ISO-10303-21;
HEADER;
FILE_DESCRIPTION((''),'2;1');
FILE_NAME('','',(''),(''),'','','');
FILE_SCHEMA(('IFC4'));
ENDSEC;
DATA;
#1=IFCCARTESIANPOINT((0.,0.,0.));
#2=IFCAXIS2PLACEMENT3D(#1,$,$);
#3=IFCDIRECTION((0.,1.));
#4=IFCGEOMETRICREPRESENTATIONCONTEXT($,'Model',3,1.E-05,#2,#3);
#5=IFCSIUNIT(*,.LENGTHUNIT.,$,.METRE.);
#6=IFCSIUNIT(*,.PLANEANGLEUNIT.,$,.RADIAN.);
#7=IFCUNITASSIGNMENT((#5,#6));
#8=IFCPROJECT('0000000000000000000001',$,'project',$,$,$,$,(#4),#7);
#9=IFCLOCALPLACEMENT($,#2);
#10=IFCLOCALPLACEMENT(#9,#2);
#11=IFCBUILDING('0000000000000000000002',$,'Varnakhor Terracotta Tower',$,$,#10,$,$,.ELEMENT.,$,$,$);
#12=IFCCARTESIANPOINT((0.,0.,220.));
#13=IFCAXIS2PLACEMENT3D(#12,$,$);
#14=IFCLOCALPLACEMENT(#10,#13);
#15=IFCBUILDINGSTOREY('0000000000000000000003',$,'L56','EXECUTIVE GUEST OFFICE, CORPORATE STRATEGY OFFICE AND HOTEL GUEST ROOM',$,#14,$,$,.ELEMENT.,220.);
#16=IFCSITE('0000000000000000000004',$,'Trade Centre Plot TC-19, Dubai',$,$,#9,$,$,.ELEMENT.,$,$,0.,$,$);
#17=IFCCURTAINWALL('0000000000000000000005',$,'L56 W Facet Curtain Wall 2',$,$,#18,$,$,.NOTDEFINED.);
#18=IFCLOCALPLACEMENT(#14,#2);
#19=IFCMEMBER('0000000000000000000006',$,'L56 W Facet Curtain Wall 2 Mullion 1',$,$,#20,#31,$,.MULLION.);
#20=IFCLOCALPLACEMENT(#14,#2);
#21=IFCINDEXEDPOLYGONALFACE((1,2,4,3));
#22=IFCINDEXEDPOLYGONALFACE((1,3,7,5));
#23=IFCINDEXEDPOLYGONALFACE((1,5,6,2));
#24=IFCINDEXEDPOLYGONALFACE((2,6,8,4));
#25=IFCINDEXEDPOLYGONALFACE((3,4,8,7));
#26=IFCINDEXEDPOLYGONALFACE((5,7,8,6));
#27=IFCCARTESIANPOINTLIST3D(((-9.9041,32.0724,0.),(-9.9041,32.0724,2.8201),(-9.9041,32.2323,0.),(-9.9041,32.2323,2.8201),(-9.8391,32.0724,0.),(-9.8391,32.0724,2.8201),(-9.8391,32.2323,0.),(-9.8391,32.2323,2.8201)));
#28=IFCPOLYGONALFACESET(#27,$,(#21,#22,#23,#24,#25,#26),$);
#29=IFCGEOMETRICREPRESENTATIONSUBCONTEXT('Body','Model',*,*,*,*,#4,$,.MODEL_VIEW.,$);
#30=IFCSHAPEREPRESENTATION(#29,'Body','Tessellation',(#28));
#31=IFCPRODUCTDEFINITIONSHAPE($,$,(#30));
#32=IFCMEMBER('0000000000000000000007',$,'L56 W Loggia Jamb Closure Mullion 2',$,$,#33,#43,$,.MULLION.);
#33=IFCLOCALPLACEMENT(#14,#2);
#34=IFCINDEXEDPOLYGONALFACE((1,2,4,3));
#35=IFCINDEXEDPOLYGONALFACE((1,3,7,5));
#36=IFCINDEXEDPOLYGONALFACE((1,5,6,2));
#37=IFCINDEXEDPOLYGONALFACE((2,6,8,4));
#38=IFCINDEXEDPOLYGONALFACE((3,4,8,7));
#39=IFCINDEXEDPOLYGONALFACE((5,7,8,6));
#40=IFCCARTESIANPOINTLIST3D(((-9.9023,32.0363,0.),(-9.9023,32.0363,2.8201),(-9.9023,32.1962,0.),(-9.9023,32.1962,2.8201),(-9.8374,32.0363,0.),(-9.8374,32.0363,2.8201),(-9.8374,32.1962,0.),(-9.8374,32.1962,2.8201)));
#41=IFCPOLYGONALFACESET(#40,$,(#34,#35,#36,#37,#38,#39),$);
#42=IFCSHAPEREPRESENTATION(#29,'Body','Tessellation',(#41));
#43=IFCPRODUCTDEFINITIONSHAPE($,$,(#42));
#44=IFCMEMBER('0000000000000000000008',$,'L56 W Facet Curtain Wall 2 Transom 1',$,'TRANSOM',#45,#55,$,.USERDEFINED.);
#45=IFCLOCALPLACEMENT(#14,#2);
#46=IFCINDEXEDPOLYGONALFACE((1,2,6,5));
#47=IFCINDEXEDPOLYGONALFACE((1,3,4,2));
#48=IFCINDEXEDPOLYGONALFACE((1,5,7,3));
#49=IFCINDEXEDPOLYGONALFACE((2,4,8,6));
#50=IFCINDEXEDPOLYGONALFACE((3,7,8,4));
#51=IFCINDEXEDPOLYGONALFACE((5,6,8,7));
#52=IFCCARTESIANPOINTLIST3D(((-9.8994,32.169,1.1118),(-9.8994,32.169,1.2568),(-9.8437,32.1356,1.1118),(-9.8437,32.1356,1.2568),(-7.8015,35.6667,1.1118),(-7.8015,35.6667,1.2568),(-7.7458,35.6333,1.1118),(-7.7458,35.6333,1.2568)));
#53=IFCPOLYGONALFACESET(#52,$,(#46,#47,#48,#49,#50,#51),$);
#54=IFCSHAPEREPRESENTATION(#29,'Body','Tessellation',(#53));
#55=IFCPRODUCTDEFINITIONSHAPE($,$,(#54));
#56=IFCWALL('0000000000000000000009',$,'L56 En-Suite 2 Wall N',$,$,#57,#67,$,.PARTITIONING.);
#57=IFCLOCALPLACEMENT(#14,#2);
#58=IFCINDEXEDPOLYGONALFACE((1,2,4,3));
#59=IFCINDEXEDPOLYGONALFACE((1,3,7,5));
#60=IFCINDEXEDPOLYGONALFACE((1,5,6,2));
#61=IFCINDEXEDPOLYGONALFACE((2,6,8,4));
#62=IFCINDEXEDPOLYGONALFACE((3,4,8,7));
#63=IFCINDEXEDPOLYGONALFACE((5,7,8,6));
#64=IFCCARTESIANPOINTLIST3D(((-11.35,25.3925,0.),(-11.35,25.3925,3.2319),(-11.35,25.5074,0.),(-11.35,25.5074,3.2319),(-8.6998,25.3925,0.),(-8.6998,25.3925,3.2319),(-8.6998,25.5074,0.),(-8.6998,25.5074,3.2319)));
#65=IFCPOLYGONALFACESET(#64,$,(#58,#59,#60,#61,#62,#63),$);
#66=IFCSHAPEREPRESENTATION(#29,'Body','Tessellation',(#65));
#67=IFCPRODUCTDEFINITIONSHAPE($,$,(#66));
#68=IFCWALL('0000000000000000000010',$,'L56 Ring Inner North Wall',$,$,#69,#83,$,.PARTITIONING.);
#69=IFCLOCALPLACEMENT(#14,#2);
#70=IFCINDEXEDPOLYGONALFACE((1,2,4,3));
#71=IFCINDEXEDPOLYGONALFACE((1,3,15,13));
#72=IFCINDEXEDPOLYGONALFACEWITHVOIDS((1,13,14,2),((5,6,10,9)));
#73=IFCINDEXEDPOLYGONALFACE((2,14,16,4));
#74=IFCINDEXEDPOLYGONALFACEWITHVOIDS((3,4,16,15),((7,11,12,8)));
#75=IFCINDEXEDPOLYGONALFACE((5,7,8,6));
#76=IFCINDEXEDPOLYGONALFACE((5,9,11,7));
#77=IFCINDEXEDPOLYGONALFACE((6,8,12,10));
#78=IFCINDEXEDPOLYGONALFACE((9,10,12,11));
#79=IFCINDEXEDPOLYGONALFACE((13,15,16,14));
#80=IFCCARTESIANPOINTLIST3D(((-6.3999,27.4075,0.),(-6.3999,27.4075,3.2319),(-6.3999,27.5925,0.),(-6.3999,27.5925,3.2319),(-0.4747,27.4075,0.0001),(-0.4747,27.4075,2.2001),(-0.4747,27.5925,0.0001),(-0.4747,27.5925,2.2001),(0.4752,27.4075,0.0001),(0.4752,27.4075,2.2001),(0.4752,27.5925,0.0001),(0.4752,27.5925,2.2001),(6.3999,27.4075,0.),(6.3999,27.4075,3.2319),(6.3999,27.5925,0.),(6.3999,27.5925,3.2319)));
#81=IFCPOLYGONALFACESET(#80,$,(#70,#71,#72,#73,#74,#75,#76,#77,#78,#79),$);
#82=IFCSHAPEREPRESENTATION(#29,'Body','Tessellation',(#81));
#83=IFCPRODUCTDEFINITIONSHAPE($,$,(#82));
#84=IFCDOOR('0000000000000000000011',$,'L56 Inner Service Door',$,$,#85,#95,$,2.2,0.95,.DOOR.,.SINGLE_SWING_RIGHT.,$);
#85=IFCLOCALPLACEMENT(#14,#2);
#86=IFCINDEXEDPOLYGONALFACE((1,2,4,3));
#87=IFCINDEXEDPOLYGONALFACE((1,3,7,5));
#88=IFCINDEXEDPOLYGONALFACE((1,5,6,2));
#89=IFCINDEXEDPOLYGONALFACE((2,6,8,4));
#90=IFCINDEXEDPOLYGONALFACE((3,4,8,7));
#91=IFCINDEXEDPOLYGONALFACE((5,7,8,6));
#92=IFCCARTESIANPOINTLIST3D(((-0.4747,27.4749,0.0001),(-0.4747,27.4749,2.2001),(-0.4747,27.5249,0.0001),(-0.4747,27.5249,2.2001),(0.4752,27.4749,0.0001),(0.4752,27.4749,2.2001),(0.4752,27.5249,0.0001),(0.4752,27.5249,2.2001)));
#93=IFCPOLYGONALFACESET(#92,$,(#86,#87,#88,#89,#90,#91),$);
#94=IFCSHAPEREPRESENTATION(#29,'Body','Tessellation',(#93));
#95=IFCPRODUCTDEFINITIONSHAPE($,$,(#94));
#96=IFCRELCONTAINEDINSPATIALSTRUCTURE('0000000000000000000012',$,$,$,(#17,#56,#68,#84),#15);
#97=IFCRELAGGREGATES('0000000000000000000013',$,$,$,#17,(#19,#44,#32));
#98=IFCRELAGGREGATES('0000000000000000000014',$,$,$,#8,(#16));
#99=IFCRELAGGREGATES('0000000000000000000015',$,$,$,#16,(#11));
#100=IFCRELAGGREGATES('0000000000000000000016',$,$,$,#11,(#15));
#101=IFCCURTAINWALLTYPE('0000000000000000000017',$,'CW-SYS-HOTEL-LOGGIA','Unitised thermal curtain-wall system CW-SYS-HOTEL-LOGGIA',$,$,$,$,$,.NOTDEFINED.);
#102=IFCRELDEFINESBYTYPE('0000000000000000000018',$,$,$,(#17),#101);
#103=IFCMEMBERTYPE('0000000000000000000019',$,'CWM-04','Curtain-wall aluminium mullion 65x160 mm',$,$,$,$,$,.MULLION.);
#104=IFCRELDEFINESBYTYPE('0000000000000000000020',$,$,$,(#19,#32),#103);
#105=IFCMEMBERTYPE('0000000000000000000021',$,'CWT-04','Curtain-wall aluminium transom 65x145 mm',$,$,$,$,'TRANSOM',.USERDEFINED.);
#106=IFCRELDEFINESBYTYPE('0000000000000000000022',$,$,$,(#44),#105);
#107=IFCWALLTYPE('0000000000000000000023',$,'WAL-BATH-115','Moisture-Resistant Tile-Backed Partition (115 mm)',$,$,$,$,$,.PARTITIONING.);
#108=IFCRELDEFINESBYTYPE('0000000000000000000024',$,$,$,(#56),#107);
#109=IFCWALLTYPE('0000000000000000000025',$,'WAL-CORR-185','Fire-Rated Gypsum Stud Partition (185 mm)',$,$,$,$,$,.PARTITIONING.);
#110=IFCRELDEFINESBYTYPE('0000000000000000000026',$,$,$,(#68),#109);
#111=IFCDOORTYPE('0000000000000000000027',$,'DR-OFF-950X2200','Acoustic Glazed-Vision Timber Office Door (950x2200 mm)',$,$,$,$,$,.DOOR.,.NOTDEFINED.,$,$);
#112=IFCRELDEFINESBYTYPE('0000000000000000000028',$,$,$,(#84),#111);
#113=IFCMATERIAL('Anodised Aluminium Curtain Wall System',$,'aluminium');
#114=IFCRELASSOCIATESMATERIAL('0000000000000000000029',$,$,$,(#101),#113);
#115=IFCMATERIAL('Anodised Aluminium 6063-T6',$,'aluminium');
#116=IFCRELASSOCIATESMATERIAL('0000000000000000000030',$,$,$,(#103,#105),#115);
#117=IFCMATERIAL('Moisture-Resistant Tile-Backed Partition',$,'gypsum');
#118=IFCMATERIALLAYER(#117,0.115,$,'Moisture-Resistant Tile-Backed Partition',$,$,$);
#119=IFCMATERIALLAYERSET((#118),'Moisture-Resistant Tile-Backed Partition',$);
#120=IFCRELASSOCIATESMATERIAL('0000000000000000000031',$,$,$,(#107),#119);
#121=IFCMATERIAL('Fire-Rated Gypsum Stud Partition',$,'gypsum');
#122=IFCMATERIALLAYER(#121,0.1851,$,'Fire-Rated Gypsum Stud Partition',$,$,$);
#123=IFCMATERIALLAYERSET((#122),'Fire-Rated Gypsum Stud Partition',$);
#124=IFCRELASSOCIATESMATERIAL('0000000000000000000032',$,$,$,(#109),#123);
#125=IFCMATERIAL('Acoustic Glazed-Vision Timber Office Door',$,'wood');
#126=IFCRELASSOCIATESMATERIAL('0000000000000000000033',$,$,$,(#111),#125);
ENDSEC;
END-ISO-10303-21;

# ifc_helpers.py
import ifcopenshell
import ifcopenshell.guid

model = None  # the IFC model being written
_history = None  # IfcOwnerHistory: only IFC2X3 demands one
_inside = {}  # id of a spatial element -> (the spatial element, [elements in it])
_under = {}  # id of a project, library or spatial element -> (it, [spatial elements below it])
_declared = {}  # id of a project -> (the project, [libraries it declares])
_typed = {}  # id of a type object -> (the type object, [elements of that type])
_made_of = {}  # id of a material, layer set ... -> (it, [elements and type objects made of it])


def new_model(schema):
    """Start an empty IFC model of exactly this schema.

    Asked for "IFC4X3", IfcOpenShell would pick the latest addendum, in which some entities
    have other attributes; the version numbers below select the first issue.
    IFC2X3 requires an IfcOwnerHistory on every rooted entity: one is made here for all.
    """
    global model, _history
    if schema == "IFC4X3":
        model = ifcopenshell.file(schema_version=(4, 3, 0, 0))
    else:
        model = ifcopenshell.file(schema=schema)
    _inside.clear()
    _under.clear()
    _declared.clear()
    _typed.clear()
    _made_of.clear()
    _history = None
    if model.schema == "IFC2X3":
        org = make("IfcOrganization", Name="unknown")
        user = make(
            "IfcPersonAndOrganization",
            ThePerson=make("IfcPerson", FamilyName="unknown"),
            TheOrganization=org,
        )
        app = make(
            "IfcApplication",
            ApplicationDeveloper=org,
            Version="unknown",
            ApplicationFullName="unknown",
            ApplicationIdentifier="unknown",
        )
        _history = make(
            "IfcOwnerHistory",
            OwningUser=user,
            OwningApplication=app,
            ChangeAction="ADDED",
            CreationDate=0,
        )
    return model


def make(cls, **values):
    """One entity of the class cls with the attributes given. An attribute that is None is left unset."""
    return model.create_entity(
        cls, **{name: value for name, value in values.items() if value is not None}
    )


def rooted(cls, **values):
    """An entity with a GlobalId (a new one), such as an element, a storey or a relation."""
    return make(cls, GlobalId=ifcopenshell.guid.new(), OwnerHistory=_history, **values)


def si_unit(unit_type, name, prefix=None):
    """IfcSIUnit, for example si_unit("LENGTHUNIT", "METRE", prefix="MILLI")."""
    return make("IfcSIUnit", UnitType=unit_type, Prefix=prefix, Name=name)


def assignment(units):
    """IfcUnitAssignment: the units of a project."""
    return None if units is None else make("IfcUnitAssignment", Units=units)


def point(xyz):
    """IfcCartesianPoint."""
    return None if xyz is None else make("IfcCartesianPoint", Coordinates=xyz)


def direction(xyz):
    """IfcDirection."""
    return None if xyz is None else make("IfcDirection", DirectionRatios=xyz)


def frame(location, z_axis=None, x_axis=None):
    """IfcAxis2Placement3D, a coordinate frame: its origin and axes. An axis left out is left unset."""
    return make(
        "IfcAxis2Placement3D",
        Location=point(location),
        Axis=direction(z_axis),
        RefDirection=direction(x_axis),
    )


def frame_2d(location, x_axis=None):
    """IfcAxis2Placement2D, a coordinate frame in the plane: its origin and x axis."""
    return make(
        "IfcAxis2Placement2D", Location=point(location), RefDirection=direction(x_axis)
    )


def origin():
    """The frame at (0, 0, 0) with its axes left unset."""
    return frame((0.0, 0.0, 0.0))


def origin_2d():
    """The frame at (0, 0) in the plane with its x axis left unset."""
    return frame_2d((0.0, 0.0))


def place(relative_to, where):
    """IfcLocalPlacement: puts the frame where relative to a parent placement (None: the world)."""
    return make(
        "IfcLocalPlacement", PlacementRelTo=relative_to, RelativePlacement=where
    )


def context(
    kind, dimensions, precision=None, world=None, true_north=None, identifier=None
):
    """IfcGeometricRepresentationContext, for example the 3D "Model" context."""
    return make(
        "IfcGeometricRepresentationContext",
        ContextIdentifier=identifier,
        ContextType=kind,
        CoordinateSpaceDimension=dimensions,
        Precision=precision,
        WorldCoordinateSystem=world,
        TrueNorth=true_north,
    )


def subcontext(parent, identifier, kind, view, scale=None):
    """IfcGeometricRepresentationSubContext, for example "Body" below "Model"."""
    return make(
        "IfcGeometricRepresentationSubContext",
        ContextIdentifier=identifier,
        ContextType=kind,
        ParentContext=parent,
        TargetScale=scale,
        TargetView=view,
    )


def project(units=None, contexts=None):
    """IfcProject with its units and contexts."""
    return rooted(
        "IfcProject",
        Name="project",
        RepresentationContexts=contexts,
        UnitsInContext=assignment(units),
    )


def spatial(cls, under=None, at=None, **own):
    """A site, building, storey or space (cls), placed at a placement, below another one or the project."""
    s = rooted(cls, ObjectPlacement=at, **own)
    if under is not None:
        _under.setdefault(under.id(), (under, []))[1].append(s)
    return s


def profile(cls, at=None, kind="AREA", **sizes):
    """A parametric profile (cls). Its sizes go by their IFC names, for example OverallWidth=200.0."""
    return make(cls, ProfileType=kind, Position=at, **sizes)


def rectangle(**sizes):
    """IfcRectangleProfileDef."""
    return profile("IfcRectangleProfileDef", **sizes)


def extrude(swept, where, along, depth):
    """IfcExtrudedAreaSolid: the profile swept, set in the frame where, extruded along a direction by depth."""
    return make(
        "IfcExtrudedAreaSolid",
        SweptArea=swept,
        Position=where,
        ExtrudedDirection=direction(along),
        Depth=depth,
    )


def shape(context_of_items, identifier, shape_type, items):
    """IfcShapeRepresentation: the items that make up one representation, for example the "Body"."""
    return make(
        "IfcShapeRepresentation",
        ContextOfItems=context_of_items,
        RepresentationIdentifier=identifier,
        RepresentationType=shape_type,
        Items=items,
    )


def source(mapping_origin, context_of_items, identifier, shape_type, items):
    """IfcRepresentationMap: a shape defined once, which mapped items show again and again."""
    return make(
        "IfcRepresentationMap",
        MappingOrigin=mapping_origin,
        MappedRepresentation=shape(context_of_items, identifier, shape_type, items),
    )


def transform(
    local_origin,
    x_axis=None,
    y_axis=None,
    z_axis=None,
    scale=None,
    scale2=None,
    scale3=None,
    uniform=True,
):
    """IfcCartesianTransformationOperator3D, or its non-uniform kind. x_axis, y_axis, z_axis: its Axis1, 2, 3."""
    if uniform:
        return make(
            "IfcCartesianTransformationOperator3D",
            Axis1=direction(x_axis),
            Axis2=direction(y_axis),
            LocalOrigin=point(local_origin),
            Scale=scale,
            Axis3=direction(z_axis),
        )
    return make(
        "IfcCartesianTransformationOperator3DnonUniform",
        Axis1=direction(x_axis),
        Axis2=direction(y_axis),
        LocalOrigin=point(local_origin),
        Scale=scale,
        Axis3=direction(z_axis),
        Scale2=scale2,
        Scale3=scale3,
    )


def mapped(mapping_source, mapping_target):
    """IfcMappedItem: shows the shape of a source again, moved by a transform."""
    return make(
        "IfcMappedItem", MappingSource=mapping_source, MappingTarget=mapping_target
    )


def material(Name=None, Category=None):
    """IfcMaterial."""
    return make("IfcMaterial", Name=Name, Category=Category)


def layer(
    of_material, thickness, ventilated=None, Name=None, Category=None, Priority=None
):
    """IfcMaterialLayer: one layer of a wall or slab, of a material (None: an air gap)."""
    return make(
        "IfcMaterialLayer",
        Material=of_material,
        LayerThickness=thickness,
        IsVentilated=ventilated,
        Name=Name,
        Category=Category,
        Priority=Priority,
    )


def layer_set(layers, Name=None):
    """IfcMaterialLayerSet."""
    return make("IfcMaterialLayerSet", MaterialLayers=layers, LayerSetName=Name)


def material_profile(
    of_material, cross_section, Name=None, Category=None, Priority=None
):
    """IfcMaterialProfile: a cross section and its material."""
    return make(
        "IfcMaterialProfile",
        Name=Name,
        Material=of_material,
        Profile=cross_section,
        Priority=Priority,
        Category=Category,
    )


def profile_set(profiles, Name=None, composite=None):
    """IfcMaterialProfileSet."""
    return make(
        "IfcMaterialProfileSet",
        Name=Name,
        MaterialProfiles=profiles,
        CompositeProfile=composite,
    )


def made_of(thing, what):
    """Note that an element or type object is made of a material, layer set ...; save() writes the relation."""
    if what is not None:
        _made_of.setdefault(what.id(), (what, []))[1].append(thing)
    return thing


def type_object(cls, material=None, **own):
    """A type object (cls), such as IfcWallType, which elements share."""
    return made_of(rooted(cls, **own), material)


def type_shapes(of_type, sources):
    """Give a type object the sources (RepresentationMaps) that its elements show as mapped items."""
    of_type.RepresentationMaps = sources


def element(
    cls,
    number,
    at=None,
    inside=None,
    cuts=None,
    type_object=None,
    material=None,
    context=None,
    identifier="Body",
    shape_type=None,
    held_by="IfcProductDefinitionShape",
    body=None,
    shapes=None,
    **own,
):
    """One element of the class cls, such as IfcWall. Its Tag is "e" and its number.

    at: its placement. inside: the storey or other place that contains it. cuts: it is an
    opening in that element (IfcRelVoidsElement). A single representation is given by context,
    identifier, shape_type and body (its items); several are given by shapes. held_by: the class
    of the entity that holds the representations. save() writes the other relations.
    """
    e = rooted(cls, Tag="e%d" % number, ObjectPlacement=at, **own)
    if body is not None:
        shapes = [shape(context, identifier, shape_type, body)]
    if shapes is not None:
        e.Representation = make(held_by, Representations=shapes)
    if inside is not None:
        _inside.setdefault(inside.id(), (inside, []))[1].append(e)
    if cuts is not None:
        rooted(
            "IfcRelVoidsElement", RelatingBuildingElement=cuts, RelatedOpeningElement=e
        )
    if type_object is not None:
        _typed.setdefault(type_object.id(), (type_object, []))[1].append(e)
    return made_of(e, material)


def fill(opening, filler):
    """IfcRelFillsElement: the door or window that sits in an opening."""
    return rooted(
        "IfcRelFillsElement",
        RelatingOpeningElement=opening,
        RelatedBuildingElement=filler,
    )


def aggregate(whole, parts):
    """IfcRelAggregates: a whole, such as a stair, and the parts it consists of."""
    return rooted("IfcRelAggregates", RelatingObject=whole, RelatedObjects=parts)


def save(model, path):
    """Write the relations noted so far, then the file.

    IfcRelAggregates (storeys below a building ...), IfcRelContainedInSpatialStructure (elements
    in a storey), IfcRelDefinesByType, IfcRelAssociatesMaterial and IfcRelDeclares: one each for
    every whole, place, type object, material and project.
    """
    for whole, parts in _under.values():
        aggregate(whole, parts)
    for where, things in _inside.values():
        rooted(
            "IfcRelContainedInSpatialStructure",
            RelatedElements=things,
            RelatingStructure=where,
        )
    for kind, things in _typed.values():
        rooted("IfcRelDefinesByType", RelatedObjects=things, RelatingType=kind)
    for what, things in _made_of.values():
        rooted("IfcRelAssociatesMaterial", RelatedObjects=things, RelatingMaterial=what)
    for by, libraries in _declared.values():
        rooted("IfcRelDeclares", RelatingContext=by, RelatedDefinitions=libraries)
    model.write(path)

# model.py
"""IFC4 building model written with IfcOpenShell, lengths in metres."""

from ifc_helpers import new_model, si_unit, direction, frame, frame_2d, origin, origin_2d, place, context, subcontext, project, spatial, rectangle, extrude, source, transform, mapped, material, layer, layer_set, material_profile, profile_set, type_object, type_shapes, element, fill, aggregate, save


model = new_model("IFC4")

# Units and contexts
model_context = context("Model", 3, precision=1e-05, world=origin(), true_north=direction((0.0, 1.0)))
body_context = subcontext(model_context, "Body", "Model", "MODEL_VIEW")
ifc_project = project(units=[si_unit("LENGTHUNIT", "METRE"), si_unit("PLANEANGLEUNIT", "RADIAN")], contexts=[model_context])

# Site, building, storey
site_placement = place(None, origin())
site = spatial("IfcSite", under=ifc_project, at=site_placement, Name="Trade Centre Plot TC-19, Dubai", CompositionType="ELEMENT", RefElevation=0.0)
building_placement = place(site_placement, origin())
building = spatial("IfcBuilding", under=site, at=building_placement, Name="Varnakhor Terracotta Tower", CompositionType="ELEMENT")
storey_placement = place(building_placement, frame((0.0, 0.0, 220.0)))
storey = spatial("IfcBuildingStorey", under=building, at=storey_placement, Name="L56", Description="EXECUTIVE GUEST OFFICE, CORPORATE STRATEGY OFFICE AND HOTEL GUEST ROOM", CompositionType="ELEMENT", Elevation=220.0)

# Curtain wall, members
ifc_material_1 = material(Name="Anodised Aluminium Curtain Wall System", Category="aluminium")
curtain_wall_type = type_object("IfcCurtainWallType", Name="CW-SYS-HOTEL-LOGGIA", Description="Unitised thermal curtain-wall system CW-SYS-HOTEL-LOGGIA", PredefinedType="NOTDEFINED", material=ifc_material_1)
curtain_wall_placement = place(storey_placement, origin())
curtain_wall = element("IfcCurtainWall", 1, at=curtain_wall_placement, inside=storey, type_object=curtain_wall_type, Name="L56 W Facet Curtain Wall 2", PredefinedType="NOTDEFINED")
ifc_material_2 = material(Name="Anodised Aluminium 6063-T6", Category="aluminium")
ifc_material_profile_1 = material_profile(ifc_material_2, rectangle(XDim=0.0649, YDim=0.1599, at=origin_2d()), Name="ALU MULLION 65x160")
ifc_profile_set_1 = profile_set([ifc_material_profile_1], Name="Anodised Aluminium 6063-T6")
member_type_1 = type_object("IfcMemberType", Name="CWM-04", Description="Curtain-wall aluminium mullion 65x160 mm", PredefinedType="MULLION", material=ifc_profile_set_1)
shared_shape_1 = source(origin(), body_context, "Body", "SweptSolid", [
    extrude(rectangle(XDim=0.0649, YDim=0.1599, at=origin_2d()), origin(), (0.0, 0.0, 1.0), 2.8201),
])
type_shapes(member_type_1, [shared_shape_1])
member_1_placement = place(storey_placement, frame((-9.8716, 32.1523, 0.0), z_axis=(0.0, 0.0, 1.0), x_axis=(1.0, 0.0, 0.0)))
member_1 = element("IfcMember", 2, at=member_1_placement, type_object=member_type_1, Name="L56 W Facet Curtain Wall 2 Mullion 1", PredefinedType="MULLION", context=body_context, shape_type="MappedRepresentation", body=[
    mapped(shared_shape_1, transform((0.0, 0.0, 0.0), scale=1.0)),
])
member_2_placement = place(storey_placement, frame((-9.8699, 32.1162, 0.0), z_axis=(0.0, 0.0, 1.0), x_axis=(1.0, 0.0, 0.0)))
member_2 = element("IfcMember", 3, at=member_2_placement, type_object=member_type_1, Name="L56 W Loggia Jamb Closure Mullion 2", PredefinedType="MULLION", context=body_context, shape_type="MappedRepresentation", body=[
    mapped(shared_shape_1, transform((0.0, 0.0, 0.0), scale=1.0)),
])
ifc_material_profile_2 = material_profile(ifc_material_2, rectangle(XDim=0.0649, YDim=0.145, at=origin_2d()), Name="ALU TRANSOM 65x145")
ifc_profile_set_2 = profile_set([ifc_material_profile_2], Name="Anodised Aluminium 6063-T6")
member_type_2 = type_object("IfcMemberType", Name="CWT-04", Description="Curtain-wall aluminium transom 65x145 mm", ElementType="TRANSOM", PredefinedType="USERDEFINED", material=ifc_profile_set_2)
shared_shape_2 = source(origin(), body_context, "Body", "SweptSolid", [
    extrude(rectangle(XDim=0.0649, YDim=0.145, at=origin_2d()), origin(), (0.0, 0.0, 1.0), 4.0786),
])
type_shapes(member_type_2, [shared_shape_2])
member_3_placement = place(storey_placement, frame((-9.8716, 32.1523, 1.1843), z_axis=(0.514381, 0.857562, 0.0), x_axis=(-0.857562, 0.514381, 0.0)))
member_3 = element("IfcMember", 4, at=member_3_placement, type_object=member_type_2, Name="L56 W Facet Curtain Wall 2 Transom 1", ObjectType="TRANSOM", PredefinedType="USERDEFINED", context=body_context, shape_type="MappedRepresentation", body=[
    mapped(shared_shape_2, transform((0.0, 0.0, 0.0), scale=1.0)),
])
aggregate(curtain_wall, [member_1, member_3, member_2])

# Wall
ifc_material_3 = material(Name="Moisture-Resistant Tile-Backed Partition", Category="gypsum")
ifc_layer_1 = layer(ifc_material_3, 0.115, Name="Moisture-Resistant Tile-Backed Partition")
ifc_layer_set_1 = layer_set([ifc_layer_1], Name="Moisture-Resistant Tile-Backed Partition")
wall_type_1 = type_object("IfcWallType", Name="WAL-BATH-115", Description="Moisture-Resistant Tile-Backed Partition (115 mm)", PredefinedType="PARTITIONING", material=ifc_layer_set_1)
wall_1_placement = place(storey_placement, frame((-11.3501, 25.45, 0.0), z_axis=(0.0, 0.0, 1.0), x_axis=(1.0, 0.0, 0.0)))
element("IfcWall", 5, at=wall_1_placement, inside=storey, type_object=wall_type_1, Name="L56 En-Suite 2 Wall N", PredefinedType="PARTITIONING", context=body_context, shape_type="SweptSolid", body=[
    extrude(rectangle(XDim=2.6501, YDim=0.115, at=frame_2d((1.3252, 0.0))), origin(), (0.0, 0.0, 1.0), 3.2319),
])

# Wall, opening, door
ifc_material_4 = material(Name="Fire-Rated Gypsum Stud Partition", Category="gypsum")
ifc_layer_2 = layer(ifc_material_4, 0.1851, Name="Fire-Rated Gypsum Stud Partition")
ifc_layer_set_2 = layer_set([ifc_layer_2], Name="Fire-Rated Gypsum Stud Partition")
wall_type_2 = type_object("IfcWallType", Name="WAL-CORR-185", Description="Fire-Rated Gypsum Stud Partition (185 mm)", PredefinedType="PARTITIONING", material=ifc_layer_set_2)
wall_2_placement = place(storey_placement, frame((-6.3999, 27.5, 0.0), z_axis=(0.0, 0.0, 1.0), x_axis=(1.0, 0.0, 0.0)))
wall_2 = element("IfcWall", 6, at=wall_2_placement, inside=storey, type_object=wall_type_2, Name="L56 Ring Inner North Wall", PredefinedType="PARTITIONING", context=body_context, shape_type="SweptSolid", body=[
    extrude(rectangle(XDim=12.7998, YDim=0.1851, at=frame_2d((6.3999, 0.0))), origin(), (0.0, 0.0, 1.0), 3.2319),
])
opening_1_placement = place(wall_2_placement, frame((5.925, 0.0, 0.0)))
opening_1 = element("IfcOpeningElement", 7, at=opening_1_placement, cuts=wall_2, PredefinedType="OPENING", context=body_context, shape_type="SweptSolid", body=[
    extrude(rectangle(XDim=0.95, YDim=2.2, at=frame_2d((0.4751, 1.1001))), frame((0.0, 0.1025, 0.0), z_axis=(0.0, -1.0, 0.0), x_axis=(1.0, 0.0, 0.0)), (0.0, 0.0, 1.0), 0.2051),
])
ifc_material_5 = material(Name="Acoustic Glazed-Vision Timber Office Door", Category="wood")
door_type_1 = type_object("IfcDoorType", Name="DR-OFF-950X2200", Description="Acoustic Glazed-Vision Timber Office Door (950x2200 mm)", OperationType="NOTDEFINED", PredefinedType="DOOR", material=ifc_material_5)
shared_shape_3 = source(origin(), body_context, "Body", "SweptSolid", [
    extrude(rectangle(XDim=0.95, YDim=2.2, at=frame_2d((0.4751, 1.1001))), frame((0.0, 0.0249, 0.0), z_axis=(0.0, -1.0, 0.0), x_axis=(1.0, 0.0, 0.0)), (0.0, 0.0, 1.0), 0.05),
])
type_shapes(door_type_1, [shared_shape_3])
door_1_placement = place(opening_1_placement, origin())
door_1 = element("IfcDoor", 8, at=door_1_placement, inside=storey, type_object=door_type_1, Name="L56 Inner Service Door", OperationType="SINGLE_SWING_RIGHT", OverallHeight=2.2, OverallWidth=0.95, PredefinedType="DOOR", context=body_context, shape_type="MappedRepresentation", body=[
    mapped(shared_shape_3, transform((0.0, 0.0, 0.0), scale=1.0)),
])
fill(opening_1, door_1)

save(model, "model.ifc")
